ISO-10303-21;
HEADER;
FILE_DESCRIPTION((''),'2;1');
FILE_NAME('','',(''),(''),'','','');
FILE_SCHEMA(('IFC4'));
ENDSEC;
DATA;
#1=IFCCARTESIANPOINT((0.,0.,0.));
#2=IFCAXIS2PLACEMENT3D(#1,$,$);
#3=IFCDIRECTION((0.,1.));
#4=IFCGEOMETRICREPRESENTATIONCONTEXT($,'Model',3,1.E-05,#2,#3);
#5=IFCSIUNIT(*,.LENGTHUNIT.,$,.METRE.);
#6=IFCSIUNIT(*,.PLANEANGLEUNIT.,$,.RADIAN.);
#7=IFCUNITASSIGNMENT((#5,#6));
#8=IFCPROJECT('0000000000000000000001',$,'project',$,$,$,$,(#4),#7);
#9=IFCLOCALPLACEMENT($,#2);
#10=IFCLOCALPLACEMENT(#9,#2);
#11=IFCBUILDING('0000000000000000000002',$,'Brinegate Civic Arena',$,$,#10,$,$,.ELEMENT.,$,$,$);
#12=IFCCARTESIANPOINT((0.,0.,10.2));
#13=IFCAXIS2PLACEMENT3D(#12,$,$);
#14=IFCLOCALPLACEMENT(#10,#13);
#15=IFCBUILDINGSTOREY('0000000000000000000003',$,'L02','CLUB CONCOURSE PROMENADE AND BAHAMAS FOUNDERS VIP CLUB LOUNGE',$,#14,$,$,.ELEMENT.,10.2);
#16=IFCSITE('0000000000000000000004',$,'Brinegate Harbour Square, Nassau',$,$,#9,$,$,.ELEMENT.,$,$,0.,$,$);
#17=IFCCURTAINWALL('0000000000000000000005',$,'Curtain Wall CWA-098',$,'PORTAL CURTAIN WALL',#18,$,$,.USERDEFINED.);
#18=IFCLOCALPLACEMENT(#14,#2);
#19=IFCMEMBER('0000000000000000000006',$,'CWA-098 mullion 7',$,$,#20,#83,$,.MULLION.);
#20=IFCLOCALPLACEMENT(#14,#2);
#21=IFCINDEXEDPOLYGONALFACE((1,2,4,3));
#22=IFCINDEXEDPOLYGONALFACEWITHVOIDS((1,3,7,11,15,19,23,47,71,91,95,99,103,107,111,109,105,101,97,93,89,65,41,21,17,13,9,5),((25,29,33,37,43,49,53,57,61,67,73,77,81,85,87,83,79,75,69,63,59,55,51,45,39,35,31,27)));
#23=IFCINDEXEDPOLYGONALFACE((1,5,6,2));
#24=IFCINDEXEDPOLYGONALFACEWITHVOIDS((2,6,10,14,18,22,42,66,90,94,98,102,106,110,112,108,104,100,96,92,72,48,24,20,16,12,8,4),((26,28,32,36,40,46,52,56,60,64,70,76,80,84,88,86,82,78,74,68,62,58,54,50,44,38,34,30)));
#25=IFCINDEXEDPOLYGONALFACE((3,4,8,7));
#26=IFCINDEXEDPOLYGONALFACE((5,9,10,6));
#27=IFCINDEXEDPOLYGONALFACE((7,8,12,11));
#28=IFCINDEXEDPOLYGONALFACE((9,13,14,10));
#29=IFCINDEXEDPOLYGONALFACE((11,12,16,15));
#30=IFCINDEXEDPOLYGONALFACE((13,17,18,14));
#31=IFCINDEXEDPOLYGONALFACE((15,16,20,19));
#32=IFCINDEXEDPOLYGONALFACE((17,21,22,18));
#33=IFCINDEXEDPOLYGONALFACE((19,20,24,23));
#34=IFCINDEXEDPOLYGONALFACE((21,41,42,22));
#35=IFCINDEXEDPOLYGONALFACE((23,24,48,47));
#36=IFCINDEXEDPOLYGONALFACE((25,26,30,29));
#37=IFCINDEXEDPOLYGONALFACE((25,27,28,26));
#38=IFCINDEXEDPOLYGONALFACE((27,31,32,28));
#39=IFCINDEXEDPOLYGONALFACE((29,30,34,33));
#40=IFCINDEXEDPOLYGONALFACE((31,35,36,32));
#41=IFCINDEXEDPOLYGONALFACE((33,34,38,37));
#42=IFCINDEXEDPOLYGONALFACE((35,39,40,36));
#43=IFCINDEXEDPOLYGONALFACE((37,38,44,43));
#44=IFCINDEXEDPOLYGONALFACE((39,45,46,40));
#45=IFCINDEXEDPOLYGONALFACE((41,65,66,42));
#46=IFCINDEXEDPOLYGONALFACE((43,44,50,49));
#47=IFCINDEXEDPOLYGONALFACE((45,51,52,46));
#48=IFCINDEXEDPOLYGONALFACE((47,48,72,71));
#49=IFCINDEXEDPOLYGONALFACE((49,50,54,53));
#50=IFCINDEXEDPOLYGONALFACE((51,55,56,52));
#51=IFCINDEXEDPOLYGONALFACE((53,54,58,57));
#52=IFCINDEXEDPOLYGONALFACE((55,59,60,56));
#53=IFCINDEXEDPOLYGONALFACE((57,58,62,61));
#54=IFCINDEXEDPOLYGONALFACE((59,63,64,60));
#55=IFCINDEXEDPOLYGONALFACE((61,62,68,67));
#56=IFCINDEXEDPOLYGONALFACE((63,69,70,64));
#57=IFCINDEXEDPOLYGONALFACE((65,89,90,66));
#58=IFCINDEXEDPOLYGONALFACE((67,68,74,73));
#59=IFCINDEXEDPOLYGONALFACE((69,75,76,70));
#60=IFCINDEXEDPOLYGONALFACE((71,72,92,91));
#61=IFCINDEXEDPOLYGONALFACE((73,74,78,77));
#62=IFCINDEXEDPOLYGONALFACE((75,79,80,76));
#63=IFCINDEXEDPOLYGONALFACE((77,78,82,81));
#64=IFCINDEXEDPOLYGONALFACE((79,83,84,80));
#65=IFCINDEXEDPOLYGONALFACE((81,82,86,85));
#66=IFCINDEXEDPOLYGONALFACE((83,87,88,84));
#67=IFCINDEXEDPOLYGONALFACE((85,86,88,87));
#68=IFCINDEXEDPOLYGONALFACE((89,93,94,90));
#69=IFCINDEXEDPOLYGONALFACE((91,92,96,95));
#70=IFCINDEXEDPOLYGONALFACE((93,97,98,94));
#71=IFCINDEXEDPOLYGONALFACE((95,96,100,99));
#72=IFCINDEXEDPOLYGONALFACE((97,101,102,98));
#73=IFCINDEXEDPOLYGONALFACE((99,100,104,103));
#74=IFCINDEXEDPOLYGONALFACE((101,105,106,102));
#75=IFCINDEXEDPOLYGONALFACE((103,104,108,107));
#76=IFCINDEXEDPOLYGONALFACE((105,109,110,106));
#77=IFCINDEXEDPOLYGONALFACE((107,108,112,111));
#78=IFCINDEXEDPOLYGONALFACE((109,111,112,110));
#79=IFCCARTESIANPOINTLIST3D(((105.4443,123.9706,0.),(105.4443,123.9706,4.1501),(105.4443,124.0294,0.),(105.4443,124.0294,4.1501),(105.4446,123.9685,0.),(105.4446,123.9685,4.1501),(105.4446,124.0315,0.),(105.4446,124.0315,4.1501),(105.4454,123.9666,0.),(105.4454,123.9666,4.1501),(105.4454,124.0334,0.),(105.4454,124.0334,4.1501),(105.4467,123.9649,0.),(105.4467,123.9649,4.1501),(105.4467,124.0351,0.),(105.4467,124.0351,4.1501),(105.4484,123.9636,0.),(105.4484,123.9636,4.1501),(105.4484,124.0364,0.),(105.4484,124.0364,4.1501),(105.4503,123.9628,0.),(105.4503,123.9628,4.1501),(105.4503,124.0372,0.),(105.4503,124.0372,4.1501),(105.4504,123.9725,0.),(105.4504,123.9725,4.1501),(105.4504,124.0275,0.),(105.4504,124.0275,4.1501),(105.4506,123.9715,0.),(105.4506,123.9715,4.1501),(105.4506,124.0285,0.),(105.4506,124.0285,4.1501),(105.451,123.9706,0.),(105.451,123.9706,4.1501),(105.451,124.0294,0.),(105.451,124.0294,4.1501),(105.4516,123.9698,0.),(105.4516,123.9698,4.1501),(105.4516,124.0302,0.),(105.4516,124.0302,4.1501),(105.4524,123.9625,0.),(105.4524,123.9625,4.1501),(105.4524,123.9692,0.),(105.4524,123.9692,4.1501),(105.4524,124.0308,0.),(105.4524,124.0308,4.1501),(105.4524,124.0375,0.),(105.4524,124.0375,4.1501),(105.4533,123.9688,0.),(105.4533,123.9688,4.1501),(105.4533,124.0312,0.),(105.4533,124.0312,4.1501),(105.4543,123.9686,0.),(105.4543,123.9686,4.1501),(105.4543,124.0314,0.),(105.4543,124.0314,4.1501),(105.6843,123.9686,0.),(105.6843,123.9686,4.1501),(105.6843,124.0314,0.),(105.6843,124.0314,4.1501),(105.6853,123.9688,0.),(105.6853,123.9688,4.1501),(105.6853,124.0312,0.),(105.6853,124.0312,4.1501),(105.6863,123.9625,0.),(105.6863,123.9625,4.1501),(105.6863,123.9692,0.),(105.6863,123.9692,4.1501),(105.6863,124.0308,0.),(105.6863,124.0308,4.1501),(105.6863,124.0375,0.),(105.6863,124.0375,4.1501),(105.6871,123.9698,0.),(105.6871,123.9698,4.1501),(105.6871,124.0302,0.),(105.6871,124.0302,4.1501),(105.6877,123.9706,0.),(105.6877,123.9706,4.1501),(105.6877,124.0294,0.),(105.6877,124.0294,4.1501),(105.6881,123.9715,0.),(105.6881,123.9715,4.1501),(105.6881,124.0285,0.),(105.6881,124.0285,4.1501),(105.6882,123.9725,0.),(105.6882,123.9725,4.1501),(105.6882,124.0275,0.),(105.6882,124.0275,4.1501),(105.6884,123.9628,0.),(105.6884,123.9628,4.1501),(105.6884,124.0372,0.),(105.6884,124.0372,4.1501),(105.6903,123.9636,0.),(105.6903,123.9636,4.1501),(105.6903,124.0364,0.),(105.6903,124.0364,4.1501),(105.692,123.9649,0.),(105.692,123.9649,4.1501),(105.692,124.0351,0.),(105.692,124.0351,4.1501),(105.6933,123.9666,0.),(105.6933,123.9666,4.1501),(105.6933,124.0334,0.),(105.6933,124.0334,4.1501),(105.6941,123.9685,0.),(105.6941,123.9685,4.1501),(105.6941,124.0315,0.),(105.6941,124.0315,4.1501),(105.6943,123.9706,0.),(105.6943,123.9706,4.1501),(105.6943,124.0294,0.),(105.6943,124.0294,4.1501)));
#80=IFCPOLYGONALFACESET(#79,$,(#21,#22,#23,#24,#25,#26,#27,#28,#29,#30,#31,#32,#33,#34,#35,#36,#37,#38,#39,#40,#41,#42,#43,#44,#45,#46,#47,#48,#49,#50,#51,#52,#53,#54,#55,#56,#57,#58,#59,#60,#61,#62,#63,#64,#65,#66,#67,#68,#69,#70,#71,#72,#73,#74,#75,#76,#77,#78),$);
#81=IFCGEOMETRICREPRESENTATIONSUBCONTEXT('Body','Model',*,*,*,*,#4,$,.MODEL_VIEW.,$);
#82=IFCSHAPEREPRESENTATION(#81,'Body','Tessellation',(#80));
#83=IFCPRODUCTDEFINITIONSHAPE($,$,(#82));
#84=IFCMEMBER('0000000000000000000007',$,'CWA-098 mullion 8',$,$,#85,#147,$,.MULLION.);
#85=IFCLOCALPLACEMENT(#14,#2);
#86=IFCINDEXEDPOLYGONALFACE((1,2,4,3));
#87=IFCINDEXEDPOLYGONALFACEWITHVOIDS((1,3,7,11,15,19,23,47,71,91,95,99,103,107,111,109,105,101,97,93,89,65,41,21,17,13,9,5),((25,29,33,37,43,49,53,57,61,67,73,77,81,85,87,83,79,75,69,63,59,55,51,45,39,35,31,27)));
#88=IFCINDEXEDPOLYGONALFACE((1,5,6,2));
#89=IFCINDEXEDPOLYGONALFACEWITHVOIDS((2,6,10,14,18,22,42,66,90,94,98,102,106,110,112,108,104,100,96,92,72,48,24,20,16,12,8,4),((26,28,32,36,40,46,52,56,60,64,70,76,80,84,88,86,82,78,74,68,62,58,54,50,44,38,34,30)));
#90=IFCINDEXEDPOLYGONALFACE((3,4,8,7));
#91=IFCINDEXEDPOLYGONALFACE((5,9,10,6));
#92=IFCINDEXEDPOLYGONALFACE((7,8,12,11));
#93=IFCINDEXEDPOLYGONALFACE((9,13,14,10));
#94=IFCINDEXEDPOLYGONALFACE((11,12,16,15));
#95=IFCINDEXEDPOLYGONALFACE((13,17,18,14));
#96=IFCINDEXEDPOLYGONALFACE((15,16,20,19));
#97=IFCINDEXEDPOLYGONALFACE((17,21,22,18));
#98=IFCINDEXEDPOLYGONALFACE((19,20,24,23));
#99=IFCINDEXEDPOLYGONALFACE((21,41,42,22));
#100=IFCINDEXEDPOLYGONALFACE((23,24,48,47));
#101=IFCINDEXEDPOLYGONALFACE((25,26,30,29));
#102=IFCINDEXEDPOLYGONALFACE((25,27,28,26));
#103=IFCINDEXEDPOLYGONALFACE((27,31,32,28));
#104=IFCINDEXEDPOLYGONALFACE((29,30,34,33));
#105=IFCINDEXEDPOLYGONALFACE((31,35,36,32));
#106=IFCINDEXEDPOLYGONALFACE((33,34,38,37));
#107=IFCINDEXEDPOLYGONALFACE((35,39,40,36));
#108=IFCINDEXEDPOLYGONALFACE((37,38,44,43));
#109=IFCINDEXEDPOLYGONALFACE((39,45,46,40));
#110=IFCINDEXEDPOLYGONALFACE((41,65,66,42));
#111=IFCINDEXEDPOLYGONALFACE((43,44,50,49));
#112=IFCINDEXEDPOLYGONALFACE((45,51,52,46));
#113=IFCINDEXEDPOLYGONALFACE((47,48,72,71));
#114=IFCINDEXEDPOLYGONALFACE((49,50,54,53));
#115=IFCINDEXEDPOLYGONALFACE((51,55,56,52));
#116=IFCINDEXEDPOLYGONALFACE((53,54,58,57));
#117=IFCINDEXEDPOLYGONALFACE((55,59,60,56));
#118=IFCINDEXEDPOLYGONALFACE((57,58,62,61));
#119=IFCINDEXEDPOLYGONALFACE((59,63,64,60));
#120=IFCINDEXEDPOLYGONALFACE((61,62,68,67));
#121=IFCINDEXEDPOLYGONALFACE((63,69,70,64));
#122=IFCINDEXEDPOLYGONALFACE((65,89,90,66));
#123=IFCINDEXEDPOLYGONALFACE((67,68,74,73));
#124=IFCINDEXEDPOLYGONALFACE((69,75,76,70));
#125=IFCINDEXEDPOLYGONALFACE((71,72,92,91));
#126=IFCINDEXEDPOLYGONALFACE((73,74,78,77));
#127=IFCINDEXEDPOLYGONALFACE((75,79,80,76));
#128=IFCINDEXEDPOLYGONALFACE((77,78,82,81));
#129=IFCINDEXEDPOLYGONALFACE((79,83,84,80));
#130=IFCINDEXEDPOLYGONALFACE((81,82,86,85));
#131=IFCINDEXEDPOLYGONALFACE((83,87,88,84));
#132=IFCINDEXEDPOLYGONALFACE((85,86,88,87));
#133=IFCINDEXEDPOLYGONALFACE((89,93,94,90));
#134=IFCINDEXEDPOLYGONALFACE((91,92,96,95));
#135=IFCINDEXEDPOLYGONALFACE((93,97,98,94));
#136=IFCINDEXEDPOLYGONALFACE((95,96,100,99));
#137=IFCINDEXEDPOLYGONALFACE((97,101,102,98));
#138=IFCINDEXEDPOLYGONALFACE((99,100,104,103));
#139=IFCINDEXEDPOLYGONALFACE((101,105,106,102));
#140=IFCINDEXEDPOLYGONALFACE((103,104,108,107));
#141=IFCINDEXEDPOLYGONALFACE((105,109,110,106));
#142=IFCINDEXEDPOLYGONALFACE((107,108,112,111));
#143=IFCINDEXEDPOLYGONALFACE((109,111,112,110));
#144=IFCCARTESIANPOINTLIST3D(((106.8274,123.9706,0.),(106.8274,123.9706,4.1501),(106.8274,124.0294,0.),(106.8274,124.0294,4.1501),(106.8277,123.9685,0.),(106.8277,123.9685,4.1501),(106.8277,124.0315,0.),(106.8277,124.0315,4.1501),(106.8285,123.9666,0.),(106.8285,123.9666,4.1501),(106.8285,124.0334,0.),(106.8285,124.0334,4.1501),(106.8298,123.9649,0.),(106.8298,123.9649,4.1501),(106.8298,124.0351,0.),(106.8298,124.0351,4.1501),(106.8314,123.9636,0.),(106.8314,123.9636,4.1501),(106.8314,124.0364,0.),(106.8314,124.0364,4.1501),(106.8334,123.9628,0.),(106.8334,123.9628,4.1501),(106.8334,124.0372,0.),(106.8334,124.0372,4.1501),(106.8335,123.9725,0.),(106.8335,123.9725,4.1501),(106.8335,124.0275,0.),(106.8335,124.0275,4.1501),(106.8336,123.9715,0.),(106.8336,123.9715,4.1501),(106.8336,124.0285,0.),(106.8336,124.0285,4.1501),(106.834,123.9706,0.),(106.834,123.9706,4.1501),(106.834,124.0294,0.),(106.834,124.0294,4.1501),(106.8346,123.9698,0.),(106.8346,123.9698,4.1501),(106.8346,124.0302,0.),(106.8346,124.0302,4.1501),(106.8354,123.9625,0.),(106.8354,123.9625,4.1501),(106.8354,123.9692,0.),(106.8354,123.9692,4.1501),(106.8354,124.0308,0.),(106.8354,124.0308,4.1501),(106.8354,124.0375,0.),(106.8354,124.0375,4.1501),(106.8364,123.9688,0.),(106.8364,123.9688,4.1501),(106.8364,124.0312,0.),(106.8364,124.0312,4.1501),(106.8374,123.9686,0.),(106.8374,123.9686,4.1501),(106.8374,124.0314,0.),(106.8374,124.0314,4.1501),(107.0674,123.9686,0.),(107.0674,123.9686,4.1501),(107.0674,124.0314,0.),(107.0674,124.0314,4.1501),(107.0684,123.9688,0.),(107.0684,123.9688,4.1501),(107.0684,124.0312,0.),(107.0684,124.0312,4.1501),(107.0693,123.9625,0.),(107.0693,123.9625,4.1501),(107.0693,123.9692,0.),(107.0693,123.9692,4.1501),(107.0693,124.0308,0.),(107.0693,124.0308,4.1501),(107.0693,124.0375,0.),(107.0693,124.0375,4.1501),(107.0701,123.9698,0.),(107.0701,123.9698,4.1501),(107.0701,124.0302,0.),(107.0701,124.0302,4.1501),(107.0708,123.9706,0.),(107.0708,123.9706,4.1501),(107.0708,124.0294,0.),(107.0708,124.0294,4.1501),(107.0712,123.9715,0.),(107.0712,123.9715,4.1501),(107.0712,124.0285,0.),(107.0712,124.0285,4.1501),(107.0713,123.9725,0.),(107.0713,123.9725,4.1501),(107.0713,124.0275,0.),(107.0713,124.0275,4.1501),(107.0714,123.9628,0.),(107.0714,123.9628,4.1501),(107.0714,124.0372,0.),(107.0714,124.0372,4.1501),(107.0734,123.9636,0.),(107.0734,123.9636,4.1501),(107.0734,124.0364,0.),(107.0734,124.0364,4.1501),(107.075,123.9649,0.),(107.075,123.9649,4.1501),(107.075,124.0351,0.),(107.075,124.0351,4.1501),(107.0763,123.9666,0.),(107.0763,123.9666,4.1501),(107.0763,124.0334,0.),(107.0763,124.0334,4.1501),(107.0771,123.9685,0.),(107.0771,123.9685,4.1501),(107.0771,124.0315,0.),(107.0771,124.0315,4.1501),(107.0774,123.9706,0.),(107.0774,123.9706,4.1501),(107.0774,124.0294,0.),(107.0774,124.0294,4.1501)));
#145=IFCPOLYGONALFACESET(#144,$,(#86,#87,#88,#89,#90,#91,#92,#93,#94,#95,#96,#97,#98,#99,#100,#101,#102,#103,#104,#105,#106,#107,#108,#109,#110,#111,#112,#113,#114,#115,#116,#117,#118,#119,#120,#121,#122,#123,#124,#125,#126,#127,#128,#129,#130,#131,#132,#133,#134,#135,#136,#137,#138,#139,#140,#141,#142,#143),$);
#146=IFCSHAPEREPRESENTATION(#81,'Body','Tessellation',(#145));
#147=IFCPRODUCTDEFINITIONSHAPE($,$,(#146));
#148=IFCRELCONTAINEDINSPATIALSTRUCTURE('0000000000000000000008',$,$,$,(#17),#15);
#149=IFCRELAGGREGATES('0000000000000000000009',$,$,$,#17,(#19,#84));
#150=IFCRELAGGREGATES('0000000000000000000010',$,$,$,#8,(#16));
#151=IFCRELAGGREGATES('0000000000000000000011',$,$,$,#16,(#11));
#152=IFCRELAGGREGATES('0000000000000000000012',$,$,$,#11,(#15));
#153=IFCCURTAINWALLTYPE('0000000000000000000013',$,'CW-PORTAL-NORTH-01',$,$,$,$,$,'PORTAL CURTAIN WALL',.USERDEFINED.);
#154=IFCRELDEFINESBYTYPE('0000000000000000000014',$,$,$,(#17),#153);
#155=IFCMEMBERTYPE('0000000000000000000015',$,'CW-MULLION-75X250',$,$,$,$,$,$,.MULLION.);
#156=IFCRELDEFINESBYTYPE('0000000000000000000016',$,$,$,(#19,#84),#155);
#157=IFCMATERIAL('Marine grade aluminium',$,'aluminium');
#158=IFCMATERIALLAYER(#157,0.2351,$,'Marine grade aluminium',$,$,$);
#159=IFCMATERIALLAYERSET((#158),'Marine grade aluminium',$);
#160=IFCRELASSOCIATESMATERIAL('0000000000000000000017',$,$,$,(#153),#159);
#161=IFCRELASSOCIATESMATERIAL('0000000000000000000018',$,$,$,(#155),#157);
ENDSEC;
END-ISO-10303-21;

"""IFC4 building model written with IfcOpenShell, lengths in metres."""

from ifc_helpers import new_model, si_unit, direction, frame, origin, origin_2d, place, context, subcontext, project, spatial, hollow_rectangle, extrude, material, layer, layer_set, material_profile, profile_set, type_object, element, aggregate, save


model = new_model("IFC4")

# Units and contexts
model_context = context("Model", 3, precision=1e-05, world=origin(), true_north=direction((0.0, 1.0)))
body_context = subcontext(model_context, "Body", "Model", "MODEL_VIEW")
ifc_project = project(units=[si_unit("LENGTHUNIT", "METRE"), si_unit("PLANEANGLEUNIT", "RADIAN")], contexts=[model_context])

# Site, building, storey
site_placement = place(None, origin())
site = spatial("IfcSite", under=ifc_project, at=site_placement, Name="Brinegate Harbour Square, Nassau", CompositionType="ELEMENT", RefElevation=0.0)
building_placement = place(site_placement, origin())
building = spatial("IfcBuilding", under=site, at=building_placement, Name="Brinegate Civic Arena", CompositionType="ELEMENT")
storey_placement = place(building_placement, frame((0.0, 0.0, 10.2)))
storey = spatial("IfcBuildingStorey", under=building, at=storey_placement, Name="L02", Description="CLUB CONCOURSE PROMENADE AND BAHAMAS FOUNDERS VIP CLUB LOUNGE", CompositionType="ELEMENT", Elevation=10.2)

# Curtain wall, members
ifc_material_1 = material(Name="Marine grade aluminium", Category="aluminium")
ifc_layer_1 = layer(ifc_material_1, 0.2351, Name="Marine grade aluminium")
ifc_layer_set_1 = layer_set([ifc_layer_1], Name="Marine grade aluminium")
curtain_wall_type = type_object("IfcCurtainWallType", Name="CW-PORTAL-NORTH-01", ElementType="PORTAL CURTAIN WALL", PredefinedType="USERDEFINED", material=ifc_layer_set_1)
curtain_wall_placement = place(storey_placement, origin())
curtain_wall = element("IfcCurtainWall", 1, at=curtain_wall_placement, inside=storey, type_object=curtain_wall_type, Name="Curtain Wall CWA-098", ObjectType="PORTAL CURTAIN WALL", PredefinedType="USERDEFINED")
ifc_material_profile_1 = material_profile(ifc_material_1, hollow_rectangle(XDim=0.075, YDim=0.25, WallThickness=0.0061, InnerFilletRadius=0.0039, OuterFilletRadius=0.0081, at=origin_2d()), Name="MUL75X250")
ifc_profile_set_1 = profile_set([ifc_material_profile_1], Name="Marine grade aluminium")
member_type_1 = type_object("IfcMemberType", Name="CW-MULLION-75X250", PredefinedType="MULLION", material=ifc_profile_set_1)
member_1_placement = place(storey_placement, frame((105.5693, 124.0, 0.0), z_axis=(0.0, 0.0, 1.0), x_axis=(0.0, 1.0, 0.0)))
member_1 = element("IfcMember", 2, at=member_1_placement, type_object=member_type_1, Name="CWA-098 mullion 7", PredefinedType="MULLION", context=body_context, shape_type="SweptSolid", body=[
    extrude(hollow_rectangle(XDim=0.075, YDim=0.25, WallThickness=0.0061, InnerFilletRadius=0.0039, OuterFilletRadius=0.0081, at=origin_2d()), origin(), (0.0, 0.0, 1.0), 4.1501),
])
member_2_placement = place(storey_placement, frame((106.9524, 124.0, 0.0), z_axis=(0.0, 0.0, 1.0), x_axis=(0.0, 1.0, 0.0)))
member_2 = element("IfcMember", 3, at=member_2_placement, type_object=member_type_1, Name="CWA-098 mullion 8", PredefinedType="MULLION", context=body_context, shape_type="SweptSolid", body=[
    extrude(hollow_rectangle(XDim=0.075, YDim=0.25, WallThickness=0.0061, InnerFilletRadius=0.0039, OuterFilletRadius=0.0081, at=origin_2d()), origin(), (0.0, 0.0, 1.0), 4.1501),
])

aggregate(curtain_wall, [member_1, member_2])

save(model, "model.ifc")
